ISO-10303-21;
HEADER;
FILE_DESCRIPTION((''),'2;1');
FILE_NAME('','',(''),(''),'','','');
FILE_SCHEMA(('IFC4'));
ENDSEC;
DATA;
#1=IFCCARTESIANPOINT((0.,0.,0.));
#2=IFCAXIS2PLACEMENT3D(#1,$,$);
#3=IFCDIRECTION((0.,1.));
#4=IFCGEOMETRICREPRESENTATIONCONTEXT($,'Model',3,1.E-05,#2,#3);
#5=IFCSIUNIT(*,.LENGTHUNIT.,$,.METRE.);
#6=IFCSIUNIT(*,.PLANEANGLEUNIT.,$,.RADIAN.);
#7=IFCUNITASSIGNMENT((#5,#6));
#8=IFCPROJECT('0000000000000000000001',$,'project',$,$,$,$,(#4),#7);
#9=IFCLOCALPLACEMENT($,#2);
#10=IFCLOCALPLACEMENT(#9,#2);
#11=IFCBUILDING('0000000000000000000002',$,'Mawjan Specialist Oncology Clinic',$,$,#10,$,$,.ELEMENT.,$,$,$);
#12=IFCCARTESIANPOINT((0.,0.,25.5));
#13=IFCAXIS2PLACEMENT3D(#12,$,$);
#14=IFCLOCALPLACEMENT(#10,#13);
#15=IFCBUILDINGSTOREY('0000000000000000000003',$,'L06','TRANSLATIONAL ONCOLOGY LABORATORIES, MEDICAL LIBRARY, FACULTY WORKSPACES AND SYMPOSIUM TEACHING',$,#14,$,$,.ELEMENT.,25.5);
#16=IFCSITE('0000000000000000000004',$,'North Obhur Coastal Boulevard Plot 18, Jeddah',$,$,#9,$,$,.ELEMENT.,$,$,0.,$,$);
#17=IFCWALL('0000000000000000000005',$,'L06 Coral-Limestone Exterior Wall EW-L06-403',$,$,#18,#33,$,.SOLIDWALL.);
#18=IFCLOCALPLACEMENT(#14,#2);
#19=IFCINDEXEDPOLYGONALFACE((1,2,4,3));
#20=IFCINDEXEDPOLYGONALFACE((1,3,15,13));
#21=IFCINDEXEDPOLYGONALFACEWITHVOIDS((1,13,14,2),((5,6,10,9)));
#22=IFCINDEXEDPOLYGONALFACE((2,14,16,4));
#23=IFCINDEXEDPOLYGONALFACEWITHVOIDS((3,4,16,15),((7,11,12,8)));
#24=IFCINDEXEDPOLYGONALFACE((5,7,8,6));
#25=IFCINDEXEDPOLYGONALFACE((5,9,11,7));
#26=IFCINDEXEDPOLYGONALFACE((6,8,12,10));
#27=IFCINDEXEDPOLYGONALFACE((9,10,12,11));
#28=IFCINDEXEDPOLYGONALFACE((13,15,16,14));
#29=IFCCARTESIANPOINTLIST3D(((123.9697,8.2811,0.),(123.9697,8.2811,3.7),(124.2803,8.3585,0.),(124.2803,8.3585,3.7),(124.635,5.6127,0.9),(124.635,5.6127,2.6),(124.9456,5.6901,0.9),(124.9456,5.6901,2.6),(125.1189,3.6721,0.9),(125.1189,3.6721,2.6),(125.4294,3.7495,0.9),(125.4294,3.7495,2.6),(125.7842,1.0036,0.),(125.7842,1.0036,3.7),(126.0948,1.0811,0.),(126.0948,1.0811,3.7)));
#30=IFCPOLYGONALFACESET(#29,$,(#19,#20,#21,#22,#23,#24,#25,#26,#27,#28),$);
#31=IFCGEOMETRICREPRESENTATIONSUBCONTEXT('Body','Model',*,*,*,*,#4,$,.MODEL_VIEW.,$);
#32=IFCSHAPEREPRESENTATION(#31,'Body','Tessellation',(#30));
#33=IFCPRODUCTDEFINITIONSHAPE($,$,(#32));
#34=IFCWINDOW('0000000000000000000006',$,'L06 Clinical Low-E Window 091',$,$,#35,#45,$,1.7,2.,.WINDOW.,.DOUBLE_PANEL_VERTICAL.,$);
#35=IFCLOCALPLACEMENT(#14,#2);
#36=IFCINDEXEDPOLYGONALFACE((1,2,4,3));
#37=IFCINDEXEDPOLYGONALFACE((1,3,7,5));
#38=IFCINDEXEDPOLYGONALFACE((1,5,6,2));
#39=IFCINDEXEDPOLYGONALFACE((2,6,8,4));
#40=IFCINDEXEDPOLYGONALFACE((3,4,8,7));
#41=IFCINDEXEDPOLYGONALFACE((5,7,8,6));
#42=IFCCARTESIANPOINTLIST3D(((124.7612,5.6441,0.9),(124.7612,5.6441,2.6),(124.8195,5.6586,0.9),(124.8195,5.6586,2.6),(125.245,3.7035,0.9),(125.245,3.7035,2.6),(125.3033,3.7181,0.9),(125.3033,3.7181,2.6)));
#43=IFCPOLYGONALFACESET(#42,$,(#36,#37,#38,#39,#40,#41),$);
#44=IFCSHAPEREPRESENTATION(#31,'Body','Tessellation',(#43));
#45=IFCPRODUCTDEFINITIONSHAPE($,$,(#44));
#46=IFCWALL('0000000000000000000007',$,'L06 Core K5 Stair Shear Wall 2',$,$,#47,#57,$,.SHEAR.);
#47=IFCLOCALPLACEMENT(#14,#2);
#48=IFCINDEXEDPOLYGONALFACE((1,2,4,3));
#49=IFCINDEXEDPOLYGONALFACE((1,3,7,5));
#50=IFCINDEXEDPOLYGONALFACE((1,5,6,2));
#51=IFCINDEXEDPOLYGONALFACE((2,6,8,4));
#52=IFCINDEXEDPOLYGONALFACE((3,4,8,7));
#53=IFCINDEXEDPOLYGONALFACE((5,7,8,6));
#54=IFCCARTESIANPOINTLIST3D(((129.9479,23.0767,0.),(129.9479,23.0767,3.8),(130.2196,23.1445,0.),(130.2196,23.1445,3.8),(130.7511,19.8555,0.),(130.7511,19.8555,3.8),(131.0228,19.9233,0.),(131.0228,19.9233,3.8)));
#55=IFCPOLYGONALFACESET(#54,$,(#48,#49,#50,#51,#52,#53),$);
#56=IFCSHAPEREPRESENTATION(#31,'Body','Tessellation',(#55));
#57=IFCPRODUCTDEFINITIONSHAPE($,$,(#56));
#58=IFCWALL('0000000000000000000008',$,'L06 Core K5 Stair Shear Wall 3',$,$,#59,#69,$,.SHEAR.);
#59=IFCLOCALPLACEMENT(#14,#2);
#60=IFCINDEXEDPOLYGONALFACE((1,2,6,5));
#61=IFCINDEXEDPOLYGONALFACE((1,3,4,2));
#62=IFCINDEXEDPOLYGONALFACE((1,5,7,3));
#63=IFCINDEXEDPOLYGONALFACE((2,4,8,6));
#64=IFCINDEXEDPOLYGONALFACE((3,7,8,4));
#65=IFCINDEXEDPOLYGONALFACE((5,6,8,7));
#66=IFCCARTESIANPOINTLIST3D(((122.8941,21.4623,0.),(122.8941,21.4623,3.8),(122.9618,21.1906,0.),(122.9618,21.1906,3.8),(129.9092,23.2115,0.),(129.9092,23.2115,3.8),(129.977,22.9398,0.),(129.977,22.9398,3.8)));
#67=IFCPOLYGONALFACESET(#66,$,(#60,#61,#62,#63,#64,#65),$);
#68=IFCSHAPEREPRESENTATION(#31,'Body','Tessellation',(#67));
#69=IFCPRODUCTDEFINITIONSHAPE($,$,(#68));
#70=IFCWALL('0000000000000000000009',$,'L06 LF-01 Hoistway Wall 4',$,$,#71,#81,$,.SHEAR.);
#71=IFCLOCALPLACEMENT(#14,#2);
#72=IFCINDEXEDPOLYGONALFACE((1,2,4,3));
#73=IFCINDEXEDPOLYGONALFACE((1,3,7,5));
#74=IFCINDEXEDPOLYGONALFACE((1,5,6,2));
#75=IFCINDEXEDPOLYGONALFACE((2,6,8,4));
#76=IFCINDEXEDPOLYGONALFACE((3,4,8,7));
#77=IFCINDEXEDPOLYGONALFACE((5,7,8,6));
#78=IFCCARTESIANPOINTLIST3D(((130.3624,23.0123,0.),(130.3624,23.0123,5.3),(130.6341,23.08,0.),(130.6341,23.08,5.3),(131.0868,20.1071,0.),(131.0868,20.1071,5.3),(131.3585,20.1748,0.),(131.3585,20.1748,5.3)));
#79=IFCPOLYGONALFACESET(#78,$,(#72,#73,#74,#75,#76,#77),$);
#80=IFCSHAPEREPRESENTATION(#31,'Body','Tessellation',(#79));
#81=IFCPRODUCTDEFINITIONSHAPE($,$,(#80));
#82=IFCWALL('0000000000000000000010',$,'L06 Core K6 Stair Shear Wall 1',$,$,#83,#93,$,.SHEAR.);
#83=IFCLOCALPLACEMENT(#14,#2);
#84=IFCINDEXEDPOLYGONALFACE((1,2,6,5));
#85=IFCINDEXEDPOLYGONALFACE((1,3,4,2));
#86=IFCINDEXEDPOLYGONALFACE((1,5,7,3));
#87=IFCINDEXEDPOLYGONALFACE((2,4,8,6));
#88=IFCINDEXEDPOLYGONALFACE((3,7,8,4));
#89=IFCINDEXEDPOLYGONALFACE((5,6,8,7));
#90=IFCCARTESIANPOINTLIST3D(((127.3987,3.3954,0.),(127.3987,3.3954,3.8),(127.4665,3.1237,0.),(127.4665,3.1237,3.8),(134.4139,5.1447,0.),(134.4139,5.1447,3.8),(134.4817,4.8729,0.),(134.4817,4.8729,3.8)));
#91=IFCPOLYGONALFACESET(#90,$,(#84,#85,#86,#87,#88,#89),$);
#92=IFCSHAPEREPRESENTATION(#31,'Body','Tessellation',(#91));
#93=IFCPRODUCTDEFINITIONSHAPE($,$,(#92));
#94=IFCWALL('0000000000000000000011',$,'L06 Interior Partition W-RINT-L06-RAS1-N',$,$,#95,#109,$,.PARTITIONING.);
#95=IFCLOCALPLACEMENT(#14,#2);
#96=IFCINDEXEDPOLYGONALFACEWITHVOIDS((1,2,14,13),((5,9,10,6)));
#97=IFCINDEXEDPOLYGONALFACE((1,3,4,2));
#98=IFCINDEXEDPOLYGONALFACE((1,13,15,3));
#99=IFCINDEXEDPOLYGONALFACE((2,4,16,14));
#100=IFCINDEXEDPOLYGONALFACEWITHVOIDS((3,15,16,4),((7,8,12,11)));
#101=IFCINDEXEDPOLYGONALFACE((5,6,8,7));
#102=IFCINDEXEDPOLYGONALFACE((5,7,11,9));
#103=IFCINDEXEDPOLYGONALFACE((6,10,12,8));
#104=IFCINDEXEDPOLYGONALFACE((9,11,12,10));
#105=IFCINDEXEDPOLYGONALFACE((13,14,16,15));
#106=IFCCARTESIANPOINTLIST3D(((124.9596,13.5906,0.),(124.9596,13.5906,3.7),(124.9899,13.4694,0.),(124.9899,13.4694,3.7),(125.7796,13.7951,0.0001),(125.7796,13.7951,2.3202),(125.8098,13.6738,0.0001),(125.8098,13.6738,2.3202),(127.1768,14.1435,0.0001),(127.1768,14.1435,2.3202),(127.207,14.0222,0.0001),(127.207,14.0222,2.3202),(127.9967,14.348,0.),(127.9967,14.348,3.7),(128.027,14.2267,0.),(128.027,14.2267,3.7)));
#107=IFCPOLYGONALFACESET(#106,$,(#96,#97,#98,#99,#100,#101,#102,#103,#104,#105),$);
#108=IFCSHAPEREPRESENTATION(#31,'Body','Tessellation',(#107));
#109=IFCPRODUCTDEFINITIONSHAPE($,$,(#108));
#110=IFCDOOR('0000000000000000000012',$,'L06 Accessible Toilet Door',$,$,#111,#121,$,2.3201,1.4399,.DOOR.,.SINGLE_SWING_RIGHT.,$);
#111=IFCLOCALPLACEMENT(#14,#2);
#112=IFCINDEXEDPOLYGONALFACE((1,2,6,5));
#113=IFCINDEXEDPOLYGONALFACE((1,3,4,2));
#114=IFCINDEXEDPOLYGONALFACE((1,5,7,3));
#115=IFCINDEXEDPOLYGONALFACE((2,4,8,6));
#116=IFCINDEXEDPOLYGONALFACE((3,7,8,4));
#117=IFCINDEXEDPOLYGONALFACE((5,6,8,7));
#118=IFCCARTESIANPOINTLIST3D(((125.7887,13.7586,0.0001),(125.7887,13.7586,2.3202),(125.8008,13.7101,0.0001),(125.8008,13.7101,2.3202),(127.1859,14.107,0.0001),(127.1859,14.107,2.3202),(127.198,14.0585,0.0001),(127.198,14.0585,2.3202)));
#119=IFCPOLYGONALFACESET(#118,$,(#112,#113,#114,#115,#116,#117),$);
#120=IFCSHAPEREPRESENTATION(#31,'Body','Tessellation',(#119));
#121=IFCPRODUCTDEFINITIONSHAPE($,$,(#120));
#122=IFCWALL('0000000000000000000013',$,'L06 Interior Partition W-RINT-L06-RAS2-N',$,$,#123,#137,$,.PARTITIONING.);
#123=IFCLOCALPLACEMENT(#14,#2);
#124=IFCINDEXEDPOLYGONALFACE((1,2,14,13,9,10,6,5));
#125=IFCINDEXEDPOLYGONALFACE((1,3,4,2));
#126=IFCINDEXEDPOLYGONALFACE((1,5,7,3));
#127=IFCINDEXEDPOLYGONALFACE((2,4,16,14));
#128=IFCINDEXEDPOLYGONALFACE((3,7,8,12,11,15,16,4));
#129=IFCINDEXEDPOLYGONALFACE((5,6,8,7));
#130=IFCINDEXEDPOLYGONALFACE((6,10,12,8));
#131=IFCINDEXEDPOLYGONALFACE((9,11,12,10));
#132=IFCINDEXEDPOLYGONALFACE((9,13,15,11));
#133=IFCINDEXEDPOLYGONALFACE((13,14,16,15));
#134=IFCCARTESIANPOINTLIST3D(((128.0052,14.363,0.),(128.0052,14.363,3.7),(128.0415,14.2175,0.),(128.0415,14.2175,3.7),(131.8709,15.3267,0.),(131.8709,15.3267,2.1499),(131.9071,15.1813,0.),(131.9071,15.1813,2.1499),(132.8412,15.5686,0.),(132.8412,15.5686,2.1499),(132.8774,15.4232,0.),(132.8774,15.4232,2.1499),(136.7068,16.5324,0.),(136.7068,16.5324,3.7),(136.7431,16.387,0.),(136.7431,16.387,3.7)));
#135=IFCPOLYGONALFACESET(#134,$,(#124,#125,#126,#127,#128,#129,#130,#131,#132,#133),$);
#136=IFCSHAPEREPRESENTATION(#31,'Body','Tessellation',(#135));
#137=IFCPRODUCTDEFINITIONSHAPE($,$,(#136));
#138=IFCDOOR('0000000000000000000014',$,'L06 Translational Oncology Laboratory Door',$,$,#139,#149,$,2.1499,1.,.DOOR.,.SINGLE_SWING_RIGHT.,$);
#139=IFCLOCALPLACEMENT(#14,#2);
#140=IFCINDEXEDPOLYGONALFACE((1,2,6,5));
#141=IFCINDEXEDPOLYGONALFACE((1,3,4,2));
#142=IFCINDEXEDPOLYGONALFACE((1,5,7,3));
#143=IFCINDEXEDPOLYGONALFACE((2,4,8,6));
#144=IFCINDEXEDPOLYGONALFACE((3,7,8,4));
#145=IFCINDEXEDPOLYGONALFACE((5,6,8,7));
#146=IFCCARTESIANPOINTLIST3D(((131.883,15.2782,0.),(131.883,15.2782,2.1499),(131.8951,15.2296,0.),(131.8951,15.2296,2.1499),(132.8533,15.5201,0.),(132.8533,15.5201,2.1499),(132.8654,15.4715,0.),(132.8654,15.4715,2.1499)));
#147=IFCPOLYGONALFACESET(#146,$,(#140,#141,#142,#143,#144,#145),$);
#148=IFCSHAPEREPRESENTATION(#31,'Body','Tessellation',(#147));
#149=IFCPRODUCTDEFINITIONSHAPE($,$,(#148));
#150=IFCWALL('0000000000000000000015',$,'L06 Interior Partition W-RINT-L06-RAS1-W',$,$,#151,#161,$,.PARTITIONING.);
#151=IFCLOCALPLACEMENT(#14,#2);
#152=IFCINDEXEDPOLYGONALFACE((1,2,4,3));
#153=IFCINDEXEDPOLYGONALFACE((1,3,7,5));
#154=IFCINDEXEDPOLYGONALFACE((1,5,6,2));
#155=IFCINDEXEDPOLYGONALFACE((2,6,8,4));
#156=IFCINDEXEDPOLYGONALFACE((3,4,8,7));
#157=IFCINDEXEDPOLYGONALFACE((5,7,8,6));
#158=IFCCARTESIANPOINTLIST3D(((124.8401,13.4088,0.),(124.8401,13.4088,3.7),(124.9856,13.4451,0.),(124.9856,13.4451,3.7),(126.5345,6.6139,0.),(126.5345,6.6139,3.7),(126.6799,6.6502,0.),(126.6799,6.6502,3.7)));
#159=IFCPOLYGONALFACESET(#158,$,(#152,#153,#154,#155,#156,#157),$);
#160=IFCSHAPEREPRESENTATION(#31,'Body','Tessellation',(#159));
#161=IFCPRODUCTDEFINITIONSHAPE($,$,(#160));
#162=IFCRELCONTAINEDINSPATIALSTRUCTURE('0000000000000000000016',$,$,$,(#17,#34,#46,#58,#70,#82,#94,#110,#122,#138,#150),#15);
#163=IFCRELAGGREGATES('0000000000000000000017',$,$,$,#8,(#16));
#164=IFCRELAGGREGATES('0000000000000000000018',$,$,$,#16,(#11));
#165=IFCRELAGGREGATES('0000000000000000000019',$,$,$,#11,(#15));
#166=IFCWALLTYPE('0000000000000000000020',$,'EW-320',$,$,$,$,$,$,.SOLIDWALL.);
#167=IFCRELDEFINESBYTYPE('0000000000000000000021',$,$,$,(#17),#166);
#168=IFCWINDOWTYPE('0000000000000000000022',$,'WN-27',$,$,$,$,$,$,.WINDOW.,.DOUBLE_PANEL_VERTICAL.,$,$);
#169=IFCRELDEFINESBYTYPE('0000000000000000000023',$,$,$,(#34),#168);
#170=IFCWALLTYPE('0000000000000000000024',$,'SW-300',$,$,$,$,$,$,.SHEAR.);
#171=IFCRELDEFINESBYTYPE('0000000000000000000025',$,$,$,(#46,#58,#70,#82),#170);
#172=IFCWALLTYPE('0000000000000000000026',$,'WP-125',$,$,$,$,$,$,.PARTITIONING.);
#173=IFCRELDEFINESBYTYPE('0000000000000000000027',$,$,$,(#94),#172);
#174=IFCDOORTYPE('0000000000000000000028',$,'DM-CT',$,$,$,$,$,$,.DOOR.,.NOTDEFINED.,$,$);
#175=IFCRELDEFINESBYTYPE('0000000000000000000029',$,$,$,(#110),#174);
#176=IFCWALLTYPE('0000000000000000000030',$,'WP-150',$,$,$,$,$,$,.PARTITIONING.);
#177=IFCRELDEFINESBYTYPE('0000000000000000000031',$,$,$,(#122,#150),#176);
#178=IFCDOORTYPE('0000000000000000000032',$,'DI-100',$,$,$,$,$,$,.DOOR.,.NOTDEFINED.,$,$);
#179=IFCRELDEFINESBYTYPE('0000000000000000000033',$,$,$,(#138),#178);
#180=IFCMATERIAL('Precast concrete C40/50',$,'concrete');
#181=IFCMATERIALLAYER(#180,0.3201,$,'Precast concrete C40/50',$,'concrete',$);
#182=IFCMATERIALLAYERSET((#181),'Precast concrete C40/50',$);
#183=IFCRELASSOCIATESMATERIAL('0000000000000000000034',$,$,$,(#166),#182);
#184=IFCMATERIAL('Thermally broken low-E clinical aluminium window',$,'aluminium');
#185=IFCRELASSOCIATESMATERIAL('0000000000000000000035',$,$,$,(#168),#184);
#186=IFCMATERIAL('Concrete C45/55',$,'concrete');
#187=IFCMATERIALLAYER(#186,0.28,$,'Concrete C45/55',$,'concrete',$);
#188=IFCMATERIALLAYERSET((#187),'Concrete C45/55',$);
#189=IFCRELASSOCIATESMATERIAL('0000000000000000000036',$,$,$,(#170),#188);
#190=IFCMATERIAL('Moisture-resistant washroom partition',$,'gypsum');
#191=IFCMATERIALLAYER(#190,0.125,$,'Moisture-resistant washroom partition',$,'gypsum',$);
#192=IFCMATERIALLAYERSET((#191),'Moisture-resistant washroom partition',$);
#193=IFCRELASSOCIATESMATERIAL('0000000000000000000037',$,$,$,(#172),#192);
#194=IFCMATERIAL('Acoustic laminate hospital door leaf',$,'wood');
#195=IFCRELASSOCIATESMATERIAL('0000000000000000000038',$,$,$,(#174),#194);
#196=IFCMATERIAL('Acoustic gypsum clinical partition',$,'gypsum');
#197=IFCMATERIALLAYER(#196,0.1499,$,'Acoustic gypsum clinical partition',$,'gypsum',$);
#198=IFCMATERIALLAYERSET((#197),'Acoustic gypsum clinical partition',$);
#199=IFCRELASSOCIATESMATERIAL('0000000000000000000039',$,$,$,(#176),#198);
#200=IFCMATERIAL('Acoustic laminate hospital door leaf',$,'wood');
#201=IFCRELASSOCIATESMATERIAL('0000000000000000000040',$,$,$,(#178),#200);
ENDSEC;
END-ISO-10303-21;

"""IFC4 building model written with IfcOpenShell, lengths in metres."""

from ifc_helpers import new_model, si_unit, direction, frame, frame_2d, origin, place, context, subcontext, project, spatial, rectangle, extrude, material, layer, layer_set, type_object, element, fill, save


model = new_model("IFC4")

# Units and contexts
model_context = context("Model", 3, precision=1e-05, world=origin(), true_north=direction((0.0, 1.0)))
body_context = subcontext(model_context, "Body", "Model", "MODEL_VIEW")
ifc_project = project(units=[si_unit("LENGTHUNIT", "METRE"), si_unit("PLANEANGLEUNIT", "RADIAN")], contexts=[model_context])

# Site, building, storey
site_placement = place(None, origin())
site = spatial("IfcSite", under=ifc_project, at=site_placement, Name="North Obhur Coastal Boulevard Plot 18, Jeddah", CompositionType="ELEMENT", RefElevation=0.0)
building_placement = place(site_placement, origin())
building = spatial("IfcBuilding", under=site, at=building_placement, Name="Mawjan Specialist Oncology Clinic", CompositionType="ELEMENT")
storey_placement = place(building_placement, frame((0.0, 0.0, 25.5)))
storey = spatial("IfcBuildingStorey", under=building, at=storey_placement, Name="L06", Description="TRANSLATIONAL ONCOLOGY LABORATORIES, MEDICAL LIBRARY, FACULTY WORKSPACES AND SYMPOSIUM TEACHING", CompositionType="ELEMENT", Elevation=25.5)

# Wall, opening, window
ifc_material_1 = material(Name="Precast concrete C40/50", Category="concrete")
ifc_layer_1 = layer(ifc_material_1, 0.3201, Name="Precast concrete C40/50", Category="concrete")
ifc_layer_set_1 = layer_set([ifc_layer_1], Name="Precast concrete C40/50")
wall_type_1 = type_object("IfcWallType", Name="EW-320", PredefinedType="SOLIDWALL", material=ifc_layer_set_1)
wall_1_placement = place(storey_placement, frame((125.9395, 1.0425, 0.0), z_axis=(0.0, 0.0, 1.0), x_axis=(-0.241923, 0.970295, 0.0)))
wall_1 = element("IfcWall", 1, at=wall_1_placement, inside=storey, type_object=wall_type_1, Name="L06 Coral-Limestone Exterior Wall EW-L06-403", PredefinedType="SOLIDWALL", context=body_context, shape_type="SweptSolid", body=[
    extrude(rectangle(XDim=7.5002, YDim=0.3201, at=frame_2d((3.75, 0.0))), origin(), (0.0, 0.0, 1.0), 3.7),
])
opening_1_placement = place(wall_1_placement, frame((2.75, 0.0, 0.8999)))
opening_1 = element("IfcOpeningElement", 2, at=opening_1_placement, cuts=wall_1, PredefinedType="OPENING", context=body_context, shape_type="SweptSolid", body=[
    extrude(rectangle(XDim=2.0, YDim=1.7, at=frame_2d((1.0, 0.8501))), frame((0.0, 0.1721, 0.0), z_axis=(0.0, -1.0, 0.0), x_axis=(1.0, 0.0, 0.0)), (0.0, 0.0, 1.0), 0.344),
])
ifc_material_2 = material(Name="Thermally broken low-E clinical aluminium window", Category="aluminium")
window_type_1 = type_object("IfcWindowType", Name="WN-27", PartitioningType="DOUBLE_PANEL_VERTICAL", PredefinedType="WINDOW", material=ifc_material_2)
window_1_placement = place(opening_1_placement, origin())
window_1 = element("IfcWindow", 3, at=window_1_placement, inside=storey, type_object=window_type_1, Name="L06 Clinical Low-E Window 091", OverallHeight=1.7, OverallWidth=2.0, PartitioningType="DOUBLE_PANEL_VERTICAL", PredefinedType="WINDOW", context=body_context, shape_type="SweptSolid", body=[
    extrude(rectangle(XDim=2.0, YDim=1.7, at=frame_2d((1.0, 0.8501))), frame((0.0, 0.03, 0.0), z_axis=(0.0, -1.0, 0.0), x_axis=(1.0, 0.0, 0.0)), (0.0, 0.0, 1.0), 0.0601),
])
fill(opening_1, window_1)

# Walls
ifc_material_3 = material(Name="Concrete C45/55", Category="concrete")
ifc_layer_2 = layer(ifc_material_3, 0.28, Name="Concrete C45/55", Category="concrete")
ifc_layer_set_2 = layer_set([ifc_layer_2], Name="Concrete C45/55")
wall_type_2 = type_object("IfcWallType", Name="SW-300", PredefinedType="SHEAR", material=ifc_layer_set_2)
wall_2_placement = place(storey_placement, frame((130.887, 19.8894, 0.0), z_axis=(0.0, 0.0, 1.0), x_axis=(-0.241947, 0.970289, 0.0)))
element("IfcWall", 4, at=wall_2_placement, inside=storey, type_object=wall_type_2, Name="L06 Core K5 Stair Shear Wall 2", PredefinedType="SHEAR", context=body_context, shape_type="SweptSolid", body=[
    extrude(rectangle(XDim=3.3198, YDim=0.28, at=frame_2d((1.6599, 0.0))), origin(), (0.0, 0.0, 1.0), 3.8),
])
wall_3_placement = place(storey_placement, frame((129.9431, 23.0757, 0.0), z_axis=(0.0, 0.0, 1.0), x_axis=(-0.970289, -0.241948, 0.0)))
element("IfcWall", 5, at=wall_3_placement, inside=storey, type_object=wall_type_2, Name="L06 Core K5 Stair Shear Wall 3", PredefinedType="SHEAR", context=body_context, shape_type="SweptSolid", body=[
    extrude(rectangle(XDim=7.23, YDim=0.28, at=frame_2d((3.615, 0.0))), origin(), (0.0, 0.0, 1.0), 3.8),
])
wall_4_placement = place(storey_placement, frame((130.4983, 23.0461, 0.0), z_axis=(0.0, 0.0, 1.0), x_axis=(0.241922, -0.970296, 0.0)))
element("IfcWall", 6, at=wall_4_placement, inside=storey, type_object=wall_type_2, Name="L06 LF-01 Hoistway Wall 4", PredefinedType="SHEAR", context=body_context, shape_type="SweptSolid", body=[
    extrude(rectangle(XDim=2.9941, YDim=0.28, at=frame_2d((1.4971, 0.0))), origin(), (0.0, 0.0, 1.0), 5.3),
])
wall_5_placement = place(storey_placement, frame((127.4326, 3.2595, 0.0), z_axis=(0.0, 0.0, 1.0), x_axis=(0.970289, 0.241948, 0.0)))
element("IfcWall", 7, at=wall_5_placement, inside=storey, type_object=wall_type_2, Name="L06 Core K6 Stair Shear Wall 1", PredefinedType="SHEAR", context=body_context, shape_type="SweptSolid", body=[
    extrude(rectangle(XDim=7.23, YDim=0.28, at=frame_2d((3.615, 0.0))), origin(), (0.0, 0.0, 1.0), 3.8),
])

# Walls, openings, doors
ifc_material_4 = material(Name="Moisture-resistant washroom partition", Category="gypsum")
ifc_layer_3 = layer(ifc_material_4, 0.125, Name="Moisture-resistant washroom partition", Category="gypsum")
ifc_layer_set_3 = layer_set([ifc_layer_3], Name="Moisture-resistant washroom partition")
wall_type_3 = type_object("IfcWallType", Name="WP-125", PredefinedType="PARTITIONING", material=ifc_layer_set_3)
wall_6_placement = place(storey_placement, frame((124.9749, 13.53, 0.0), z_axis=(0.0, 0.0, 1.0), x_axis=(0.970289, 0.241948, 0.0)))
wall_6 = element("IfcWall", 8, at=wall_6_placement, inside=storey, type_object=wall_type_3, Name="L06 Interior Partition W-RINT-L06-RAS1-N", PredefinedType="PARTITIONING", context=body_context, shape_type="SweptSolid", body=[
    extrude(rectangle(XDim=3.1301, YDim=0.125, at=frame_2d((1.5649, 0.0))), origin(), (0.0, 0.0, 1.0), 3.7),
])
opening_2_placement = place(wall_6_placement, frame((0.845, 0.0, 0.0)))
opening_2 = element("IfcOpeningElement", 9, at=opening_2_placement, cuts=wall_6, PredefinedType="OPENING", context=body_context, shape_type="SweptSolid", body=[
    extrude(rectangle(XDim=1.4399, YDim=2.3201, at=frame_2d((0.72, 1.1602))), frame((0.0, 0.0745, 0.0), z_axis=(0.0, -1.0, 0.0), x_axis=(1.0, 0.0, 0.0)), (0.0, 0.0, 1.0), 0.1489),
])
ifc_material_5 = material(Name="Acoustic laminate hospital door leaf", Category="wood")
door_type_1 = type_object("IfcDoorType", Name="DM-CT", OperationType="NOTDEFINED", PredefinedType="DOOR", material=ifc_material_5)
door_1_placement = place(opening_2_placement, origin())
door_1 = element("IfcDoor", 10, at=door_1_placement, inside=storey, type_object=door_type_1, Name="L06 Accessible Toilet Door", OperationType="SINGLE_SWING_RIGHT", OverallHeight=2.3201, OverallWidth=1.4399, PredefinedType="DOOR", context=body_context, shape_type="SweptSolid", body=[
    extrude(rectangle(XDim=1.4399, YDim=2.3201, at=frame_2d((0.72, 1.1602))), frame((0.0, 0.0249, 0.0), z_axis=(0.0, -1.0, 0.0), x_axis=(1.0, 0.0, 0.0)), (0.0, 0.0, 1.0), 0.05),
])
fill(opening_2, door_1)
ifc_material_6 = material(Name="Acoustic gypsum clinical partition", Category="gypsum")
ifc_layer_4 = layer(ifc_material_6, 0.1499, Name="Acoustic gypsum clinical partition", Category="gypsum")
ifc_layer_set_4 = layer_set([ifc_layer_4], Name="Acoustic gypsum clinical partition")
wall_type_4 = type_object("IfcWallType", Name="WP-150", PredefinedType="PARTITIONING", material=ifc_layer_set_4)
wall_7_placement = place(storey_placement, frame((128.0234, 14.2903, 0.0), z_axis=(0.0, 0.0, 1.0), x_axis=(0.970299, 0.241908, 0.0)))
wall_7 = element("IfcWall", 11, at=wall_7_placement, inside=storey, type_object=wall_type_4, Name="L06 Interior Partition W-RINT-L06-RAS2-N", PredefinedType="PARTITIONING", context=body_context, shape_type="SweptSolid", body=[
    extrude(rectangle(XDim=8.968, YDim=0.1499, at=frame_2d((4.4839, 0.0))), origin(), (0.0, 0.0, 1.0), 3.7),
])
opening_3_placement = place(wall_7_placement, frame((3.9839, 0.0, 0.0)))
opening_3 = element("IfcOpeningElement", 12, at=opening_3_placement, cuts=wall_7, PredefinedType="OPENING", context=body_context, shape_type="SweptSolid", body=[
    extrude(rectangle(XDim=1.0, YDim=2.1499, at=frame_2d((0.5, 1.075))), frame((0.0, 0.0869, 0.0), z_axis=(0.0, -1.0, 0.0), x_axis=(1.0, 0.0, 0.0)), (0.0, 0.0, 1.0), 0.1738),
])
ifc_material_7 = material(Name="Acoustic laminate hospital door leaf", Category="wood")
door_type_2 = type_object("IfcDoorType", Name="DI-100", OperationType="NOTDEFINED", PredefinedType="DOOR", material=ifc_material_7)
door_2_placement = place(opening_3_placement, origin())
door_2 = element("IfcDoor", 13, at=door_2_placement, inside=storey, type_object=door_type_2, Name="L06 Translational Oncology Laboratory Door", OperationType="SINGLE_SWING_RIGHT", OverallHeight=2.1499, OverallWidth=1.0, PredefinedType="DOOR", context=body_context, shape_type="SweptSolid", body=[
    extrude(rectangle(XDim=1.0, YDim=2.1499, at=frame_2d((0.5, 1.075))), frame((0.0, 0.0249, 0.0), z_axis=(0.0, -1.0, 0.0), x_axis=(1.0, 0.0, 0.0)), (0.0, 0.0, 1.0), 0.05),
])
fill(opening_3, door_2)

# Wall
wall_8_placement = place(storey_placement, frame((126.6072, 6.6321, 0.0), z_axis=(0.0, 0.0, 1.0), x_axis=(-0.241945, 0.97029, 0.0)))
element("IfcWall", 14, at=wall_8_placement, inside=storey, type_object=wall_type_4, Name="L06 Interior Partition W-RINT-L06-RAS1-W", PredefinedType="PARTITIONING", context=body_context, shape_type="SweptSolid", body=[
    extrude(rectangle(XDim=7.0029, YDim=0.1499, at=frame_2d((3.5015, 0.0))), origin(), (0.0, 0.0, 1.0), 3.7),
])

save(model, "model.ifc")
